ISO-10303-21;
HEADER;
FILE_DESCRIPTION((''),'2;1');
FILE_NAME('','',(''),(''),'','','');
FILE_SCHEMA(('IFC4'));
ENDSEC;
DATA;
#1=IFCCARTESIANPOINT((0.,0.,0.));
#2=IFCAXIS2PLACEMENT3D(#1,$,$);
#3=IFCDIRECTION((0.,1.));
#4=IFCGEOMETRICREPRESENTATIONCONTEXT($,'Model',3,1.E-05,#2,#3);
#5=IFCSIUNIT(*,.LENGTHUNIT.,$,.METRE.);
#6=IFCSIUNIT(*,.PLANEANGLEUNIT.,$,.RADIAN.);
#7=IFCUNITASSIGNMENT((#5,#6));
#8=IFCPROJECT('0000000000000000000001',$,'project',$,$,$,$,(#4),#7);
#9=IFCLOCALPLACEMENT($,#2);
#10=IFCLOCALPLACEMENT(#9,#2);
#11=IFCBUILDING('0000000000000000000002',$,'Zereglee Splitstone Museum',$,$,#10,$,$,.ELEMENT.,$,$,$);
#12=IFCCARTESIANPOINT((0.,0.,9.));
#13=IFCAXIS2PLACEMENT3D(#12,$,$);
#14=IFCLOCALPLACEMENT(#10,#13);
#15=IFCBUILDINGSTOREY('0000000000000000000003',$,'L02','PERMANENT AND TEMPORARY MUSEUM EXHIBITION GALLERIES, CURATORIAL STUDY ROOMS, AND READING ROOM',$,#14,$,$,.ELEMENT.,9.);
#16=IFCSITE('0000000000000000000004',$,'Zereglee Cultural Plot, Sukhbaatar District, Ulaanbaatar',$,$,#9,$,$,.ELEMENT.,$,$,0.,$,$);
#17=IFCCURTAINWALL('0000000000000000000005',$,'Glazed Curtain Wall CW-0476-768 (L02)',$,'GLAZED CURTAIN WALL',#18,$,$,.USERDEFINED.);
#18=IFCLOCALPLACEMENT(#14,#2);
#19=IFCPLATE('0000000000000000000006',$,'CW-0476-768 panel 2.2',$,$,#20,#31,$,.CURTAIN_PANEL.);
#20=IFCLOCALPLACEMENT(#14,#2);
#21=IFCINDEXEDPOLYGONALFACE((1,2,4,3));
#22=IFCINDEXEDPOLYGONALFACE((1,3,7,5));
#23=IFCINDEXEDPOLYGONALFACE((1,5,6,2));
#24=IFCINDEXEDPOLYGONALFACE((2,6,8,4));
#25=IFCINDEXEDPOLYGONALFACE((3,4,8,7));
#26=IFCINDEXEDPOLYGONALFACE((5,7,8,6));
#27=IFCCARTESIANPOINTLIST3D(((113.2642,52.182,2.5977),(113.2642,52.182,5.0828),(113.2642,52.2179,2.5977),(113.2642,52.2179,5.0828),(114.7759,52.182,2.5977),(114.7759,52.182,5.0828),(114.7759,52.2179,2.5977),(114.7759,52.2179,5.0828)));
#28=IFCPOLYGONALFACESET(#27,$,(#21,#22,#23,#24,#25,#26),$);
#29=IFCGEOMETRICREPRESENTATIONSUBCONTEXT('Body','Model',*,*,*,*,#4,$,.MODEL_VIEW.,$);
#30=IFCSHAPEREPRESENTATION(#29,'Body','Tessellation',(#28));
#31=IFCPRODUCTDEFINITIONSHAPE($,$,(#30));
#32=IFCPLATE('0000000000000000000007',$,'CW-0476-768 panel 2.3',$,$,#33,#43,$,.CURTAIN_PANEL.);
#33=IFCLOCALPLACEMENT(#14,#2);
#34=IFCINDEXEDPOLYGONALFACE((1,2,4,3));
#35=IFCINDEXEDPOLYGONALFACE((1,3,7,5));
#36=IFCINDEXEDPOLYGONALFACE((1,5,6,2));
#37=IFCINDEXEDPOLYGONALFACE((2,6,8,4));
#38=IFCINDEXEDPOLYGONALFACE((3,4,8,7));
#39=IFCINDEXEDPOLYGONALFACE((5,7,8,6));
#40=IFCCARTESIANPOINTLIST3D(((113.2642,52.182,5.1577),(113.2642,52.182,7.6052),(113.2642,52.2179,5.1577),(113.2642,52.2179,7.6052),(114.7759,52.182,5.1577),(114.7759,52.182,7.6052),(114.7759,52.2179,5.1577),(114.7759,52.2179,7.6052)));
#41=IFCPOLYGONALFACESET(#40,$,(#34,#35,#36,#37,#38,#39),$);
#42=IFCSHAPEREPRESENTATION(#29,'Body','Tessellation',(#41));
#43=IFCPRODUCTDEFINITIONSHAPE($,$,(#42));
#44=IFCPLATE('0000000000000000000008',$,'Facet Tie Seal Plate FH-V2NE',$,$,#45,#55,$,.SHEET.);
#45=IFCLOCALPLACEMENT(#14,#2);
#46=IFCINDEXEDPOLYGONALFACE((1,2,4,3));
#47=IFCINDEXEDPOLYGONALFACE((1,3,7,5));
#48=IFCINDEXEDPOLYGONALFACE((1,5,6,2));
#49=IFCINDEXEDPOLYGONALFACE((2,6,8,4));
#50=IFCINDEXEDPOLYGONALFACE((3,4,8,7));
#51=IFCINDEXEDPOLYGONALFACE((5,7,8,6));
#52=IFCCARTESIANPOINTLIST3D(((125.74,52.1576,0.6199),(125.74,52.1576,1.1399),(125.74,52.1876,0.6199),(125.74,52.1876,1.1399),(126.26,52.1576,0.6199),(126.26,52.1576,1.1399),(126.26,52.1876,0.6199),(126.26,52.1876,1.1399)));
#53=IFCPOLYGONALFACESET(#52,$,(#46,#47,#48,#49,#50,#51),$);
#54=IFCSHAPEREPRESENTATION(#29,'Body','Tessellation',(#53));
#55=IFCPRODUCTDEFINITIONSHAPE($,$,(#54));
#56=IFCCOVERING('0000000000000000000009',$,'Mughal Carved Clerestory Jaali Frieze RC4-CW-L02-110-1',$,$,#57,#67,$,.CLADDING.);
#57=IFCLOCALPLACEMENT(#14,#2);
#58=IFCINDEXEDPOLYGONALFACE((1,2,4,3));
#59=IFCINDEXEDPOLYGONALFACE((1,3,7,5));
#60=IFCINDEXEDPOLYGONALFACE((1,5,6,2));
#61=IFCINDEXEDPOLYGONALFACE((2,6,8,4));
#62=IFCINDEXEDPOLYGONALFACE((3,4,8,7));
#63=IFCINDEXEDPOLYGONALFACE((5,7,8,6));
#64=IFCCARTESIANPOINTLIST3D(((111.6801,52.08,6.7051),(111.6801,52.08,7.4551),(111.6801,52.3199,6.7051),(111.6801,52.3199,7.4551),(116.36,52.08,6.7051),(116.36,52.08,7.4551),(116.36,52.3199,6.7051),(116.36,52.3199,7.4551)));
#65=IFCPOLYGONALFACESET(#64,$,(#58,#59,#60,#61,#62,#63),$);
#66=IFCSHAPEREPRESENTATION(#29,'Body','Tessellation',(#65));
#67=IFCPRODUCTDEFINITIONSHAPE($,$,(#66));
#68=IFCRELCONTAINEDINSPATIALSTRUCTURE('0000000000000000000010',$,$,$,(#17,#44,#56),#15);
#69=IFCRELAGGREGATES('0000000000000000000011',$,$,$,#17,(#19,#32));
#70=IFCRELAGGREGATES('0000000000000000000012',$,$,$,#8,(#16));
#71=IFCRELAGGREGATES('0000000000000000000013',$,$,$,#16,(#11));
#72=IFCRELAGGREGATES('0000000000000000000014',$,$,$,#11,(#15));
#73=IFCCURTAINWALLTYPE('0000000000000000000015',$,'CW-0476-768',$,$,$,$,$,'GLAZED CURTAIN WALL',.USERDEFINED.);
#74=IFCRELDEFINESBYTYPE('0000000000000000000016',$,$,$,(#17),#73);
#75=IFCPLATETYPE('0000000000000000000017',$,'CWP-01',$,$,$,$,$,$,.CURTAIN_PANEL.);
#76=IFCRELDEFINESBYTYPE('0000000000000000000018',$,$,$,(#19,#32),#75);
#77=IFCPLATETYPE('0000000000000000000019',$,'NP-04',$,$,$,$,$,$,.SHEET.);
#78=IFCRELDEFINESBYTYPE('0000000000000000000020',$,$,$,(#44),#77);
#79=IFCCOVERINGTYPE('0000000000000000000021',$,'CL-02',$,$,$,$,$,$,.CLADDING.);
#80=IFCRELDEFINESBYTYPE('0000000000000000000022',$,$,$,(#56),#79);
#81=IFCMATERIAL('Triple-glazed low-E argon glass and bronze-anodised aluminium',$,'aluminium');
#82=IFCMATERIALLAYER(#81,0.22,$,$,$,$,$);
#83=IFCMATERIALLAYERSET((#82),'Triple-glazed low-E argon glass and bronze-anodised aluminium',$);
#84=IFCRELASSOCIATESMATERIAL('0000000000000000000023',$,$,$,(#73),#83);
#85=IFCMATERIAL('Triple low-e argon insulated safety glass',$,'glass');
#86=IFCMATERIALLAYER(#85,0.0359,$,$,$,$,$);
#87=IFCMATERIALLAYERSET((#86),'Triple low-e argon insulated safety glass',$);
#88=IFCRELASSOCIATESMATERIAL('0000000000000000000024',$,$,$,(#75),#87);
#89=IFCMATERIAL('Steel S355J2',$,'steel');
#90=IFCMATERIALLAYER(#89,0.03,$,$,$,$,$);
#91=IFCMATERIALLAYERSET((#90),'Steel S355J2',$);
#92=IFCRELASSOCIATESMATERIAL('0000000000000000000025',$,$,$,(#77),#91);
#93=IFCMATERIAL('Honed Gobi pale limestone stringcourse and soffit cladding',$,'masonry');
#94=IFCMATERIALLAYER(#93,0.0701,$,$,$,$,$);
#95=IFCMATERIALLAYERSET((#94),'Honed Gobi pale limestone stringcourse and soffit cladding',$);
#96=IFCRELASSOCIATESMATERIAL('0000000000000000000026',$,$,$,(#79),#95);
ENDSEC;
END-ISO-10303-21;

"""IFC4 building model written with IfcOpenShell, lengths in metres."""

from ifc_helpers import new_model, si_unit, direction, frame, origin, origin_2d, place, context, subcontext, project, spatial, rectangle, extrude, material, layer, layer_set, type_object, element, aggregate, save


model = new_model("IFC4")

# Units and contexts
model_context = context("Model", 3, precision=1e-05, world=origin(), true_north=direction((0.0, 1.0)))
body_context = subcontext(model_context, "Body", "Model", "MODEL_VIEW")
ifc_project = project(units=[si_unit("LENGTHUNIT", "METRE"), si_unit("PLANEANGLEUNIT", "RADIAN")], contexts=[model_context])

# Site, building, storey
site_placement = place(None, origin())
site = spatial("IfcSite", under=ifc_project, at=site_placement, Name="Zereglee Cultural Plot, Sukhbaatar District, Ulaanbaatar", CompositionType="ELEMENT", RefElevation=0.0)
building_placement = place(site_placement, origin())
building = spatial("IfcBuilding", under=site, at=building_placement, Name="Zereglee Splitstone Museum", CompositionType="ELEMENT")
storey_placement = place(building_placement, frame((0.0, 0.0, 9.0)))
storey = spatial("IfcBuildingStorey", under=building, at=storey_placement, Name="L02", Description="PERMANENT AND TEMPORARY MUSEUM EXHIBITION GALLERIES, CURATORIAL STUDY ROOMS, AND READING ROOM", CompositionType="ELEMENT", Elevation=9.0)

# Curtain wall
ifc_material_1 = material(Name="Triple-glazed low-E argon glass and bronze-anodised aluminium", Category="aluminium")
ifc_layer_1 = layer(ifc_material_1, 0.22)
ifc_layer_set_1 = layer_set([ifc_layer_1], Name="Triple-glazed low-E argon glass and bronze-anodised aluminium")
curtain_wall_type_1 = type_object("IfcCurtainWallType", Name="CW-0476-768", ElementType="GLAZED CURTAIN WALL", PredefinedType="USERDEFINED", material=ifc_layer_set_1)
curtain_wall_1_placement = place(storey_placement, origin())
curtain_wall_1 = element("IfcCurtainWall", 1, at=curtain_wall_1_placement, inside=storey, type_object=curtain_wall_type_1, Name="Glazed Curtain Wall CW-0476-768 (L02)", ObjectType="GLAZED CURTAIN WALL", PredefinedType="USERDEFINED")

# Shared definitions
ifc_material_2 = material(Name="Steel S355J2", Category="steel")

# Plates
ifc_material_3 = material(Name="Triple low-e argon insulated safety glass", Category="glass")
ifc_layer_2 = layer(ifc_material_3, 0.0359)
ifc_layer_set_2 = layer_set([ifc_layer_2], Name="Triple low-e argon insulated safety glass")
plate_type_1 = type_object("IfcPlateType", Name="CWP-01", PredefinedType="CURTAIN_PANEL", material=ifc_layer_set_2)
plate_1_placement = place(storey_placement, frame((114.02, 52.2, 2.5977), z_axis=(0.0, 0.0, 1.0), x_axis=(-1.0, 0.0, 0.0)))
plate_1 = element("IfcPlate", 2, at=plate_1_placement, type_object=plate_type_1, Name="CW-0476-768 panel 2.2", PredefinedType="CURTAIN_PANEL", context=body_context, shape_type="SweptSolid", body=[
    extrude(rectangle(XDim=1.5117, YDim=0.0359, at=origin_2d()), origin(), (0.0, 0.0, 1.0), 2.4851),
])
plate_2_placement = place(storey_placement, frame((114.02, 52.2, 5.1577), z_axis=(0.0, 0.0, 1.0), x_axis=(-1.0, 0.0, 0.0)))
plate_2 = element("IfcPlate", 3, at=plate_2_placement, type_object=plate_type_1, Name="CW-0476-768 panel 2.3", PredefinedType="CURTAIN_PANEL", context=body_context, shape_type="SweptSolid", body=[
    extrude(rectangle(XDim=1.5117, YDim=0.0359, at=origin_2d()), origin(), (0.0, 0.0, 1.0), 2.4475),
])
aggregate(curtain_wall_1, [plate_1, plate_2])
ifc_layer_3 = layer(ifc_material_2, 0.03)
ifc_layer_set_3 = layer_set([ifc_layer_3], Name="Steel S355J2")
plate_type_2 = type_object("IfcPlateType", Name="NP-04", PredefinedType="SHEET", material=ifc_layer_set_3)
plate_3_placement = place(storey_placement, frame((126.0, 52.1726, 0.6199), z_axis=(0.0, 0.0, 1.0), x_axis=(1.0, 0.0, 0.0)))
element("IfcPlate", 4, at=plate_3_placement, inside=storey, type_object=plate_type_2, Name="Facet Tie Seal Plate FH-V2NE", PredefinedType="SHEET", context=body_context, shape_type="SweptSolid", body=[
    extrude(rectangle(XDim=0.52, YDim=0.03, at=origin_2d()), origin(), (0.0, 0.0, 1.0), 0.52),
])

# Covering
ifc_material_4 = material(Name="Honed Gobi pale limestone stringcourse and soffit cladding", Category="masonry")
ifc_layer_4 = layer(ifc_material_4, 0.0701)
ifc_layer_set_4 = layer_set([ifc_layer_4], Name="Honed Gobi pale limestone stringcourse and soffit cladding")
covering_type = type_object("IfcCoveringType", Name="CL-02", PredefinedType="CLADDING", material=ifc_layer_set_4)
covering_placement = place(storey_placement, frame((114.02, 52.2, 6.7051), z_axis=(0.0, 0.0, 1.0), x_axis=(-1.0, 0.0, 0.0)))
element("IfcCovering", 5, at=covering_placement, inside=storey, type_object=covering_type, Name="Mughal Carved Clerestory Jaali Frieze RC4-CW-L02-110-1", PredefinedType="CLADDING", context=body_context, shape_type="SweptSolid", body=[
    extrude(rectangle(XDim=4.6799, YDim=0.24, at=origin_2d()), origin(), (0.0, 0.0, 1.0), 0.75),
])

save(model, "model.ifc")
